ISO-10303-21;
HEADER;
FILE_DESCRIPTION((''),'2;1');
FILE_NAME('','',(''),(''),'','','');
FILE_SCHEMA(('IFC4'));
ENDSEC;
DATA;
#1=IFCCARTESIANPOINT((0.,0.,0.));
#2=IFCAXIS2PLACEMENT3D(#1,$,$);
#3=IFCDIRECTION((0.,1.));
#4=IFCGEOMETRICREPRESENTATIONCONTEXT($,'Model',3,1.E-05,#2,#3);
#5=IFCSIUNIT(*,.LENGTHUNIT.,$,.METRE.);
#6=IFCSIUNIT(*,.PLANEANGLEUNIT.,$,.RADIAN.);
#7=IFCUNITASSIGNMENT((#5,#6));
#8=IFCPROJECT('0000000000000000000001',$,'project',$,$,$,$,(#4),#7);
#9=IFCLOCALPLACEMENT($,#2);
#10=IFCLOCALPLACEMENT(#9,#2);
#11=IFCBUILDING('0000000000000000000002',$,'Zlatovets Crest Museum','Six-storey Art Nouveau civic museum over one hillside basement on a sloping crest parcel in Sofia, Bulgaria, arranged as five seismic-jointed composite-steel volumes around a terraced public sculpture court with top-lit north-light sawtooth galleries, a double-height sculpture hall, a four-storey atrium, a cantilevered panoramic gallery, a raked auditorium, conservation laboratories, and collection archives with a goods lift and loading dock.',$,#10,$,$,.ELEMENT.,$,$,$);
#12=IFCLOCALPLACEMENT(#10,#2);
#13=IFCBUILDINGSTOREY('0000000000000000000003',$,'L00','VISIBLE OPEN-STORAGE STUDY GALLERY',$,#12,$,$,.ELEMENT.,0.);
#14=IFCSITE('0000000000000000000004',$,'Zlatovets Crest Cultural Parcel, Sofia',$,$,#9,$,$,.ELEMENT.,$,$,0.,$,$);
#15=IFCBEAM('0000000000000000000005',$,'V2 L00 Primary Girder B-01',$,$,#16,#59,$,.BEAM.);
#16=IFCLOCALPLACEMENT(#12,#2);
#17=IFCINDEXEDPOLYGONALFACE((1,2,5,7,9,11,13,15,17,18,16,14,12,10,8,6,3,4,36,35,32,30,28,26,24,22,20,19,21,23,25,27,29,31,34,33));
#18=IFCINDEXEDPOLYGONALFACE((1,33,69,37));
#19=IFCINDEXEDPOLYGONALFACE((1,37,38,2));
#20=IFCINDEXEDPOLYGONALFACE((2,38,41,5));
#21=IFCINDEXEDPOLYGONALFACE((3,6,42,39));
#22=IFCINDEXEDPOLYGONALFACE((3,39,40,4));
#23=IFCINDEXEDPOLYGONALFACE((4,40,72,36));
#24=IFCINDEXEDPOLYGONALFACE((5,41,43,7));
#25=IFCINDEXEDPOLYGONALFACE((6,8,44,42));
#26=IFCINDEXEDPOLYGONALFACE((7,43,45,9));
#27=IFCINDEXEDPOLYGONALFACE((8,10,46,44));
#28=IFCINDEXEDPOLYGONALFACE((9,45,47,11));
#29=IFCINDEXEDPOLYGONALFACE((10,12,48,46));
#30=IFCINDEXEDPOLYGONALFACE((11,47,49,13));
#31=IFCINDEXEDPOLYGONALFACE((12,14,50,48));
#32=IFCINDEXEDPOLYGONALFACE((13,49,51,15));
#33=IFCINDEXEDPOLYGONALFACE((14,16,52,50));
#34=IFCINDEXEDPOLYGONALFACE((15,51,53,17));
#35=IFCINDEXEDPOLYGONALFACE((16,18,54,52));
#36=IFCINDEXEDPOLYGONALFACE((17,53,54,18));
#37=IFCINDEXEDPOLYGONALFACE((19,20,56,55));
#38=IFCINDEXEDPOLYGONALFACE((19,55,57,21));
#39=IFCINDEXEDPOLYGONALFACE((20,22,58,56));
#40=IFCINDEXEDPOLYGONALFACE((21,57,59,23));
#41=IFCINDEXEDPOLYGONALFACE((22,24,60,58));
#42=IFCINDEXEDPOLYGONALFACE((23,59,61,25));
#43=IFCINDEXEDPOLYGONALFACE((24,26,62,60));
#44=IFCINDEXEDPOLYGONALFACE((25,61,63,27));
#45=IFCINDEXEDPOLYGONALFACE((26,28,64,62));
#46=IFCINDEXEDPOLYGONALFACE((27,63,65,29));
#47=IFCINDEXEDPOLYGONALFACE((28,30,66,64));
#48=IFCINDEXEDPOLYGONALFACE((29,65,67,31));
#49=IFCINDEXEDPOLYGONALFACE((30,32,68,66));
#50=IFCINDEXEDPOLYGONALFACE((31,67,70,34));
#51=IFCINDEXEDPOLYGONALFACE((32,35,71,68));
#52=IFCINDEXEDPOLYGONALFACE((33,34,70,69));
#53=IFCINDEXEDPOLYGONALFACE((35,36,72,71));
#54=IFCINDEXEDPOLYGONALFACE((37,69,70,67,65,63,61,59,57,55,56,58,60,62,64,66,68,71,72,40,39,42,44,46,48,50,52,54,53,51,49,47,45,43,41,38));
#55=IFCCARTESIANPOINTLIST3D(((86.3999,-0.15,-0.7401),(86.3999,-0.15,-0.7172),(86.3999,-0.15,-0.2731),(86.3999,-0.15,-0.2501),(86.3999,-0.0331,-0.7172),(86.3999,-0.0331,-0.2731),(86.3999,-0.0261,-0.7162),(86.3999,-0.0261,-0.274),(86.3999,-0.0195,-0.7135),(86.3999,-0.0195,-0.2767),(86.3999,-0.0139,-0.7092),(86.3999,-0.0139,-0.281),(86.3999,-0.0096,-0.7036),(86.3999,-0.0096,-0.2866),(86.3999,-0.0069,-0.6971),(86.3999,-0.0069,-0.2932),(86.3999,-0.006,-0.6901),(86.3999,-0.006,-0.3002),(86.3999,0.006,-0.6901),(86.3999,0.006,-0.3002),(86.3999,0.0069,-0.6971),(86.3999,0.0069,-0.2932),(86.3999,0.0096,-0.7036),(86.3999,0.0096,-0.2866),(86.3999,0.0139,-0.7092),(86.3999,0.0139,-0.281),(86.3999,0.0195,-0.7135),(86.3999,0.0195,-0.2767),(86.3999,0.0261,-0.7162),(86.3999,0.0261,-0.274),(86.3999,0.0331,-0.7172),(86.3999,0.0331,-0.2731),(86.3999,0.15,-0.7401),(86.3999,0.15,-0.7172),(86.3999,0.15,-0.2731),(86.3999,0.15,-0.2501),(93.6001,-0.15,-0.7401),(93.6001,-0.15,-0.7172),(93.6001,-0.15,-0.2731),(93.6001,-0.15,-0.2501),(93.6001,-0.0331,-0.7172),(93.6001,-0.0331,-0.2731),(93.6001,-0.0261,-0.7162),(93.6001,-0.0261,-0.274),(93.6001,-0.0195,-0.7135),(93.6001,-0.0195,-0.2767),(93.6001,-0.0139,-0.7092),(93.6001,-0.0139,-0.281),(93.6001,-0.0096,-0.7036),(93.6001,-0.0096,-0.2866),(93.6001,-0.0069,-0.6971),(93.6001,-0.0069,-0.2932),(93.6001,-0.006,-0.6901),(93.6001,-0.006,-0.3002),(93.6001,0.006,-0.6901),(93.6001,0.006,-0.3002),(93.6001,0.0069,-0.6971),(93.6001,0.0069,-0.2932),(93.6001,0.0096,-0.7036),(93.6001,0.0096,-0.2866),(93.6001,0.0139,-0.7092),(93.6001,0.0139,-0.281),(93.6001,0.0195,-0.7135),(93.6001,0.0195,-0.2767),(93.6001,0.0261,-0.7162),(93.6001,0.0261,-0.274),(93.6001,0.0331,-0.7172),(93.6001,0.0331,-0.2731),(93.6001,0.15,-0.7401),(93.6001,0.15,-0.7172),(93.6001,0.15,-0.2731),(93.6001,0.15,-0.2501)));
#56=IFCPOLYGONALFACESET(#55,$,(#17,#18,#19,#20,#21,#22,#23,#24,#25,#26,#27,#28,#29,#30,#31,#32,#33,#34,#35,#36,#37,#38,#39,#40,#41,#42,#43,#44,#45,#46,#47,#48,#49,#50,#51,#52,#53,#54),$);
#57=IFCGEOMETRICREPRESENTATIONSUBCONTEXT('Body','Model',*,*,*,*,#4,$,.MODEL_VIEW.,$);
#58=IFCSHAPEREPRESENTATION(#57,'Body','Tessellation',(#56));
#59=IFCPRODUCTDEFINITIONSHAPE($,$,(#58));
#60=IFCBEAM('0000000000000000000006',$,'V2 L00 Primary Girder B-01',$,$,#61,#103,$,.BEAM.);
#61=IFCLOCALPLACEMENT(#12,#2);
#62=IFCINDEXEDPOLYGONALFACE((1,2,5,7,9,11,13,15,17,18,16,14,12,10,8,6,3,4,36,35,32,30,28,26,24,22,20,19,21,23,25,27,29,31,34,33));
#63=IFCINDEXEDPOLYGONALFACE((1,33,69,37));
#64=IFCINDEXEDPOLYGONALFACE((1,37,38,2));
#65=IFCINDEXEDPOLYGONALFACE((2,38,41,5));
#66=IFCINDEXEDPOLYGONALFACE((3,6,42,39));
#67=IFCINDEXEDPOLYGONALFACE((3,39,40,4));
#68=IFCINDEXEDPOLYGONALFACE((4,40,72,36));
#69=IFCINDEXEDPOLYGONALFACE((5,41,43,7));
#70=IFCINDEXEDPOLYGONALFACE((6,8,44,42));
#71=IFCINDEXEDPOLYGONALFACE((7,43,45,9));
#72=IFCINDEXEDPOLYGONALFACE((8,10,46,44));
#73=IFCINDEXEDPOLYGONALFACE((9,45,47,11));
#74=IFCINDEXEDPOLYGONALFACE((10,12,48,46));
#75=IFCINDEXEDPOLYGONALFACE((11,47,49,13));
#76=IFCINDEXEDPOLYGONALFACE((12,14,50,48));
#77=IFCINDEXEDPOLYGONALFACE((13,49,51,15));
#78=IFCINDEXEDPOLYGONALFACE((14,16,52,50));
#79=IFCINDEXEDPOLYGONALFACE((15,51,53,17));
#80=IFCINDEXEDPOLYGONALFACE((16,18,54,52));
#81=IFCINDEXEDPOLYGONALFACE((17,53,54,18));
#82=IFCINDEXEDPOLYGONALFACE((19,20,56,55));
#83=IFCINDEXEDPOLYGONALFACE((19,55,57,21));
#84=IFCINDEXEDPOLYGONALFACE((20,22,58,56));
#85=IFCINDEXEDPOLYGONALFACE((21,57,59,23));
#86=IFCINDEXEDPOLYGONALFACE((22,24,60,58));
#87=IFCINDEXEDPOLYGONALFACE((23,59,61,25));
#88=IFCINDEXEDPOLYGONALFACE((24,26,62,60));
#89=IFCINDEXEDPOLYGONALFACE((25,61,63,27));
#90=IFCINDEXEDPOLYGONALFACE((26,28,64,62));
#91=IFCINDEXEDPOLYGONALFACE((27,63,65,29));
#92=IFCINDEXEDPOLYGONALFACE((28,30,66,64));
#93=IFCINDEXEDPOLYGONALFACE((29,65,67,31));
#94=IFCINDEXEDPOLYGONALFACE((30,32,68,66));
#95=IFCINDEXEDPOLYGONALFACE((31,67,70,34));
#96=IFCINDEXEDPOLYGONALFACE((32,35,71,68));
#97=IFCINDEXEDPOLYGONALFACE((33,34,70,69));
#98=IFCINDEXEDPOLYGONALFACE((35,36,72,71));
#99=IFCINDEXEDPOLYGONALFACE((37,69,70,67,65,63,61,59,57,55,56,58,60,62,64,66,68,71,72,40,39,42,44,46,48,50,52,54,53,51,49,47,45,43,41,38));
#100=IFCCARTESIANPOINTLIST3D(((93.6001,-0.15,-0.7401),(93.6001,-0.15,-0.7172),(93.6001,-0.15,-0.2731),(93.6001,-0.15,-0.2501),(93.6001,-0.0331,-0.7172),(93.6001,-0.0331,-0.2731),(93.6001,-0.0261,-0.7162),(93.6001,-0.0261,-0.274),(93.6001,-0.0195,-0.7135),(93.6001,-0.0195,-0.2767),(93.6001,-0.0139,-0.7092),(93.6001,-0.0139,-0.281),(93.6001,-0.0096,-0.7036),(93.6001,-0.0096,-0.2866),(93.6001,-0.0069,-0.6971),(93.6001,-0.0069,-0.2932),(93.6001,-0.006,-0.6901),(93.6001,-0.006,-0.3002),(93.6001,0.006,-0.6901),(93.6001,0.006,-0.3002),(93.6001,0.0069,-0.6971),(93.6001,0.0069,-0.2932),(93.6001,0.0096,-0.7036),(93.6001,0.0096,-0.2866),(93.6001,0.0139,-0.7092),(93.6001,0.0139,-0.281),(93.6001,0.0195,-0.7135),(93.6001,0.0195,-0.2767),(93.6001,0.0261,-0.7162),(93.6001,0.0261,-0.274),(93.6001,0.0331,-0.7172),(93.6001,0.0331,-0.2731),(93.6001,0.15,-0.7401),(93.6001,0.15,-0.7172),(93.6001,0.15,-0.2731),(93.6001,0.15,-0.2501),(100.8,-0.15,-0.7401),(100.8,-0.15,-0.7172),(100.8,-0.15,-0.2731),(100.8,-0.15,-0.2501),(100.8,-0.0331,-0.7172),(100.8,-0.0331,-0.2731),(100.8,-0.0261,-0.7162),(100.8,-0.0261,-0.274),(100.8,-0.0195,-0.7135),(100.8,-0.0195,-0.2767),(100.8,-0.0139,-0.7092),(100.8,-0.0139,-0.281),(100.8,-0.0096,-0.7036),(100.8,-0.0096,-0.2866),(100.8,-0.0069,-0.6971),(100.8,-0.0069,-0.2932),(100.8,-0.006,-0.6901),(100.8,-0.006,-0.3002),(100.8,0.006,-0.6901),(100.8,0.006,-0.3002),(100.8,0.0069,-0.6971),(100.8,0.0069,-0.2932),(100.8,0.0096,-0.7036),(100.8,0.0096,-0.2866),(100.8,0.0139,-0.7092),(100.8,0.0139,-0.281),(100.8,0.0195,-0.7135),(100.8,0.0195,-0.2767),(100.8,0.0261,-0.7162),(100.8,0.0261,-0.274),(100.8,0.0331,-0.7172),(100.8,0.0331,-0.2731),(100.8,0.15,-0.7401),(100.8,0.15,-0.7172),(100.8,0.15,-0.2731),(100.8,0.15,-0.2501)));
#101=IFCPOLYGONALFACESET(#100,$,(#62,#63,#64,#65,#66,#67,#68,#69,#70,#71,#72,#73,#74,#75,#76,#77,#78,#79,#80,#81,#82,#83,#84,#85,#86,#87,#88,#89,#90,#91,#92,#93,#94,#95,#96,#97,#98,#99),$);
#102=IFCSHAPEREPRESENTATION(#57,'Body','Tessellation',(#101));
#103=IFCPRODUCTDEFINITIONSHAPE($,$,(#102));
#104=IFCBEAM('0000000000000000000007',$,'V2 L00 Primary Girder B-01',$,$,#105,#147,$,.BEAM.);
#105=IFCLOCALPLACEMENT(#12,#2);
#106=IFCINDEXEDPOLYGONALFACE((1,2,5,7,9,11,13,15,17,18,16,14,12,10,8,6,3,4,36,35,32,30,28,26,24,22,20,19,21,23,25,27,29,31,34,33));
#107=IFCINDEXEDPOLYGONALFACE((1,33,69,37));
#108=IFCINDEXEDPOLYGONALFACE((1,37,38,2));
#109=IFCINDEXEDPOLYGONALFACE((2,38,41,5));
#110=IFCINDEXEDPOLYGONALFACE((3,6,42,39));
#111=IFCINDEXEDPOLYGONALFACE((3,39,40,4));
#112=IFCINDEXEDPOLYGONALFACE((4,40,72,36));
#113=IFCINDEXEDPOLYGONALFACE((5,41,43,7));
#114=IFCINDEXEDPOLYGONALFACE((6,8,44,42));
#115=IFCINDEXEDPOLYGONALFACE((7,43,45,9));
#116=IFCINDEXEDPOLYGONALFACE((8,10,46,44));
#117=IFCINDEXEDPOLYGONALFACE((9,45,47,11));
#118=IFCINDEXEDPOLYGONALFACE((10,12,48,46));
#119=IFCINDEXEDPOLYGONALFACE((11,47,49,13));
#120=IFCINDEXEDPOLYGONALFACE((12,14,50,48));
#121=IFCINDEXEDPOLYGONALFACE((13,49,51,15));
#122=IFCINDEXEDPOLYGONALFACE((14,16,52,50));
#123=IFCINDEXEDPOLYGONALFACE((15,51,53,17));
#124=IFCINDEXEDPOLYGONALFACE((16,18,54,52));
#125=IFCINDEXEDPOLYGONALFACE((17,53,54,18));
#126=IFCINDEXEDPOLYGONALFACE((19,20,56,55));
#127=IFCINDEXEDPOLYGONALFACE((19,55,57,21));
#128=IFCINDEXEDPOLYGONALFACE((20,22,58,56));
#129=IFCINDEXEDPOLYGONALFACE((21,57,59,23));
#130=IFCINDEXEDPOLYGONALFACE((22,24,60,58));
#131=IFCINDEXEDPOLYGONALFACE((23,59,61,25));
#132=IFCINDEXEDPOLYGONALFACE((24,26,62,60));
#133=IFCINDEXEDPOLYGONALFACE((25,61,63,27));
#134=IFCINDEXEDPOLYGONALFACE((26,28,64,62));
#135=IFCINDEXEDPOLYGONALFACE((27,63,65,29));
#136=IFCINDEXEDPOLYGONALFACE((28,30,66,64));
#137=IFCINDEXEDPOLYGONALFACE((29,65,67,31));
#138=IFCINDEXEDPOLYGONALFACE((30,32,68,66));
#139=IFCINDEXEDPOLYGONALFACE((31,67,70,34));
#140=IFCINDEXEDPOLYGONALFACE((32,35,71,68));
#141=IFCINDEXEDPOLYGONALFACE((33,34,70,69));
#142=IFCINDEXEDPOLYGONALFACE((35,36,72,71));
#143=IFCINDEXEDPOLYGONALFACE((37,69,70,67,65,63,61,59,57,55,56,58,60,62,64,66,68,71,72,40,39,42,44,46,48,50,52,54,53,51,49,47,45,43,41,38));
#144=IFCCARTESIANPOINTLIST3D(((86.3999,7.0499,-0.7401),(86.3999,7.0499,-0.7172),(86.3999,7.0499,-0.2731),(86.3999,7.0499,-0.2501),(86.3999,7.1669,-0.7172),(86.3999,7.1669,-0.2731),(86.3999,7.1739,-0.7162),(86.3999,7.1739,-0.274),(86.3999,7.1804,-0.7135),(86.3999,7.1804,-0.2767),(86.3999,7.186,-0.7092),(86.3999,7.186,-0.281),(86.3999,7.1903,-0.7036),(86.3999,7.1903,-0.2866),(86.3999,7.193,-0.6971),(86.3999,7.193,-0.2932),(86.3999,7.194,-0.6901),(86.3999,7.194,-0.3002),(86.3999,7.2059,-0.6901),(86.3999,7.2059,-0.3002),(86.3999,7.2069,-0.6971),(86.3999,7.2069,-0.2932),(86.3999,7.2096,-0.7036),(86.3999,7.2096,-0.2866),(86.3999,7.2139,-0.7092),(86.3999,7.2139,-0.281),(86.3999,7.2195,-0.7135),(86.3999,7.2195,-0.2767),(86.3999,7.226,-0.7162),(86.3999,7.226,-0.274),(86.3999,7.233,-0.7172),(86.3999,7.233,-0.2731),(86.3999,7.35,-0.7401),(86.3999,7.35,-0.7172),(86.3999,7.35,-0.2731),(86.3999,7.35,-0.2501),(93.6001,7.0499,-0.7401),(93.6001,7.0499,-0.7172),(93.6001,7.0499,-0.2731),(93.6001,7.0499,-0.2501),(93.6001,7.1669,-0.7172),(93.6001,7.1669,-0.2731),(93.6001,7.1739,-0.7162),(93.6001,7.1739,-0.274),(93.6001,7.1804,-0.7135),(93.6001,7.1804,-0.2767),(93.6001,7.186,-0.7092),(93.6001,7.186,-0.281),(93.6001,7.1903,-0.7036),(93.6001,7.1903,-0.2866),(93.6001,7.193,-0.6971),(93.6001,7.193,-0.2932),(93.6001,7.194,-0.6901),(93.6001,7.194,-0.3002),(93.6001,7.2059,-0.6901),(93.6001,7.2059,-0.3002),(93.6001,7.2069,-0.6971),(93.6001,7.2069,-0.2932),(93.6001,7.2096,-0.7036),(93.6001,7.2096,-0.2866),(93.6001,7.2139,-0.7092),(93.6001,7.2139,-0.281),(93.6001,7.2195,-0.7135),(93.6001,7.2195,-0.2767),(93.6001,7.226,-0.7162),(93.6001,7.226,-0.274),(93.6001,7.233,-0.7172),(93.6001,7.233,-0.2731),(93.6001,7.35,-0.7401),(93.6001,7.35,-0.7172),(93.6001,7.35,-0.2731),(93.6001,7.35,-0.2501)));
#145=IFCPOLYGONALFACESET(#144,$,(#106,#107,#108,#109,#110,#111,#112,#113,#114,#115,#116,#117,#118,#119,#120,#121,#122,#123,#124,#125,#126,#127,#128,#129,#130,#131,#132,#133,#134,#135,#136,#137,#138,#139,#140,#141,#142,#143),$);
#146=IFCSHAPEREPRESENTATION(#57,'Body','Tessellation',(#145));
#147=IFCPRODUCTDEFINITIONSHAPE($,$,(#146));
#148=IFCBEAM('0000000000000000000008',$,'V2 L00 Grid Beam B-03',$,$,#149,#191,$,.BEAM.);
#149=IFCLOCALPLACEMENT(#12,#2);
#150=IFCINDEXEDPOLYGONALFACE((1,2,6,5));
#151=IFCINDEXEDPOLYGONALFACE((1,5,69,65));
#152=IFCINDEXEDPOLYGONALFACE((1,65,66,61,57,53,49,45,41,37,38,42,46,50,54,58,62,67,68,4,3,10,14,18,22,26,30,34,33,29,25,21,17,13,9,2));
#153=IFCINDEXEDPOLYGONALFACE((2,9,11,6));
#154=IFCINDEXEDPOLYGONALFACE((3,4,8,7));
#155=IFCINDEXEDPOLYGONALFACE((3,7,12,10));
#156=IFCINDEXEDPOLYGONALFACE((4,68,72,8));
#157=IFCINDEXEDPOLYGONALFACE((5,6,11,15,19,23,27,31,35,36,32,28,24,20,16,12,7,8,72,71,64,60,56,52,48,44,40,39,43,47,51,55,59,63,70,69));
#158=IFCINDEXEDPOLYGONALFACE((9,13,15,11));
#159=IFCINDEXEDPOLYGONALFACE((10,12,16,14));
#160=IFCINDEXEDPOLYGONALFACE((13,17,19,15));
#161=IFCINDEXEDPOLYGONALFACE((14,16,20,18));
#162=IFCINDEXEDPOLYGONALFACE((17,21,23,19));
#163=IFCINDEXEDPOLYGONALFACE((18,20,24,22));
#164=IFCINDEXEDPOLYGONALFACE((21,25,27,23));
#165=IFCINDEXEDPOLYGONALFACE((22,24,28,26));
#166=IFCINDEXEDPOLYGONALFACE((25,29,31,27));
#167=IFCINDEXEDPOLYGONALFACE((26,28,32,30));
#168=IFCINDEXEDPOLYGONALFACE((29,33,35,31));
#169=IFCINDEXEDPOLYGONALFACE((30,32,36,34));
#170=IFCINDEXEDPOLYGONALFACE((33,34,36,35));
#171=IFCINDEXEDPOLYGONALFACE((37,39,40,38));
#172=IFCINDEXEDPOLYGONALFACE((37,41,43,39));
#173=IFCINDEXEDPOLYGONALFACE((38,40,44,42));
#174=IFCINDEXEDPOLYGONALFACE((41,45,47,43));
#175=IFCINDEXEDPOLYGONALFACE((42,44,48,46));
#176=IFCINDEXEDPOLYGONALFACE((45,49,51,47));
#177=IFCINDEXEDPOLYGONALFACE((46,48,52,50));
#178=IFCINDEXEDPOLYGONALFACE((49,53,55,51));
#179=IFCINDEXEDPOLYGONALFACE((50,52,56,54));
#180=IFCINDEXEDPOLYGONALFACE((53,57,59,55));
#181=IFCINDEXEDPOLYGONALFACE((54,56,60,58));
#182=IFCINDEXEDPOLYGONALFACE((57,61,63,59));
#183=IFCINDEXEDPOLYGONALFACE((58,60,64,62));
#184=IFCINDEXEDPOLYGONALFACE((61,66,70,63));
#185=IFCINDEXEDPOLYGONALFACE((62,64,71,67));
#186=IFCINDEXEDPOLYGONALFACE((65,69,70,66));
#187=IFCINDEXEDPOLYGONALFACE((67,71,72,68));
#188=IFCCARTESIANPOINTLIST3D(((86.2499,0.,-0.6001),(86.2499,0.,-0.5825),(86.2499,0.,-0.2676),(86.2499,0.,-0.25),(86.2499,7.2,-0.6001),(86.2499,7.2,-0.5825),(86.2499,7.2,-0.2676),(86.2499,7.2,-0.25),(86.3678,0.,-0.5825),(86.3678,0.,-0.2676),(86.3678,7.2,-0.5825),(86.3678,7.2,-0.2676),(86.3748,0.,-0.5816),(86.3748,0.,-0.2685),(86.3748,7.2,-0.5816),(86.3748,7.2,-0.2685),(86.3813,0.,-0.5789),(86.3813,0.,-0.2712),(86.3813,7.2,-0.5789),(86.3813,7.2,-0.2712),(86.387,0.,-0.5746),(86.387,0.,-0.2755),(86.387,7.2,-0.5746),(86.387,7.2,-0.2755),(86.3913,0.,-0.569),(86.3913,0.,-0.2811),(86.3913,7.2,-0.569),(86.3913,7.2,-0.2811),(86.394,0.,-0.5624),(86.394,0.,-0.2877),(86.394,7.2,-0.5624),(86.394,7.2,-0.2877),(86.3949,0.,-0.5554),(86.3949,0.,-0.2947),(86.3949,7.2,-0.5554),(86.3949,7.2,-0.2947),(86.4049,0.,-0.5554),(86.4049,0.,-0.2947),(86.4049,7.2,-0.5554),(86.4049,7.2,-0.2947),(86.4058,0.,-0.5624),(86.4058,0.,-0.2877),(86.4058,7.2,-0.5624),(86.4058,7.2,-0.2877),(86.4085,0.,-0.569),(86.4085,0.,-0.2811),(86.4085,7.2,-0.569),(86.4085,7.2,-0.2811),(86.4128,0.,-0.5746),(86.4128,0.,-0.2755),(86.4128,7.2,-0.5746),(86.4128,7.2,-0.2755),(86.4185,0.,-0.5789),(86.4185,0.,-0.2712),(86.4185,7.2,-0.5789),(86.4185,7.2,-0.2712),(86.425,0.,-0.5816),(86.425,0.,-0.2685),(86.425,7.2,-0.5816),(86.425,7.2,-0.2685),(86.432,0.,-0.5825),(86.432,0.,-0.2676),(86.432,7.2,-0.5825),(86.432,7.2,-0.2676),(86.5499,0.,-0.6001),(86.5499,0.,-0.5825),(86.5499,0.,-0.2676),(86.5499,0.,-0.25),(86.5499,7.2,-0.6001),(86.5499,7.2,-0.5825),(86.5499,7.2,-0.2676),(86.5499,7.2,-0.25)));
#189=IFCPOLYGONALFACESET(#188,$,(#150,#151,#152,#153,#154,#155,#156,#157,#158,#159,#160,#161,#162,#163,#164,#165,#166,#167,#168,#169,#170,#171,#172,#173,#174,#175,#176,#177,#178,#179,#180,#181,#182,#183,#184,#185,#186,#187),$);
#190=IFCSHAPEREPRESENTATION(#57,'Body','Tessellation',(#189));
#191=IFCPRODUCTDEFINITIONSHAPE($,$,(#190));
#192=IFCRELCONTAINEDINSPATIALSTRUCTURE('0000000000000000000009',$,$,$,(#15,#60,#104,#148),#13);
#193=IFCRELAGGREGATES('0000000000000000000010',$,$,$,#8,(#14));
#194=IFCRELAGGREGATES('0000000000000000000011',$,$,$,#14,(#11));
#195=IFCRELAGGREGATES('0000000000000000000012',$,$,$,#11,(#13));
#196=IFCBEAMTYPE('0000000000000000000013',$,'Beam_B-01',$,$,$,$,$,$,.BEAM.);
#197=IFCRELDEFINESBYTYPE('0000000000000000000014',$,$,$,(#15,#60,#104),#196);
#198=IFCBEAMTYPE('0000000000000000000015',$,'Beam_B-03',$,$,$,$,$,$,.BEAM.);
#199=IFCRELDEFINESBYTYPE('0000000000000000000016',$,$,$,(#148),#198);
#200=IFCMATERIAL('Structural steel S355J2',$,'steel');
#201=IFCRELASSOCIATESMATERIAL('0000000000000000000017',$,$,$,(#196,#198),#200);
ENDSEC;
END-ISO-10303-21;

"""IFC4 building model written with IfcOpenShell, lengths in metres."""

from ifc_helpers import new_model, si_unit, direction, frame, origin, origin_2d, place, context, subcontext, project, spatial, i_section, extrude, material, material_profile, profile_set, type_object, element, save


model = new_model("IFC4")

# Units and contexts
model_context = context("Model", 3, precision=1e-05, world=origin(), true_north=direction((0.0, 1.0)))
body_context = subcontext(model_context, "Body", "Model", "MODEL_VIEW")
ifc_project = project(units=[si_unit("LENGTHUNIT", "METRE"), si_unit("PLANEANGLEUNIT", "RADIAN")], contexts=[model_context])

# Site, building, storey
site_placement = place(None, origin())
site = spatial("IfcSite", under=ifc_project, at=site_placement, Name="Zlatovets Crest Cultural Parcel, Sofia", CompositionType="ELEMENT", RefElevation=0.0)
building_placement = place(site_placement, origin())
building = spatial("IfcBuilding", under=site, at=building_placement, Name="Zlatovets Crest Museum", Description="Six-storey Art Nouveau civic museum over one hillside basement on a sloping crest parcel in Sofia, Bulgaria, arranged as five seismic-jointed composite-steel volumes around a terraced public sculpture court with top-lit north-light sawtooth galleries, a double-height sculpture hall, a four-storey atrium, a cantilevered panoramic gallery, a raked auditorium, conservation laboratories, and collection archives with a goods lift and loading dock.", CompositionType="ELEMENT")
storey_placement = place(building_placement, origin())
storey = spatial("IfcBuildingStorey", under=building, at=storey_placement, Name="L00", Description="VISIBLE OPEN-STORAGE STUDY GALLERY", CompositionType="ELEMENT", Elevation=0.0)

# Shared definitions
ifc_material_1 = material(Name="Structural steel S355J2", Category="steel")

# Beams
ifc_material_profile_1 = material_profile(ifc_material_1, i_section(OverallWidth=0.3, OverallDepth=0.49, WebThickness=0.012, FlangeThickness=0.0229, FilletRadius=0.0271, at=origin_2d()), Name="HEA 500")
ifc_profile_set_1 = profile_set([ifc_material_profile_1], Name="Structural steel S355J2")
beam_type_1 = type_object("IfcBeamType", Name="Beam_B-01", PredefinedType="BEAM", material=ifc_profile_set_1)
beam_1_placement = place(storey_placement, frame((86.3999, 0.0, -0.4951), z_axis=(1.0, 0.0, 0.0), x_axis=(0.0, 1.0, 0.0)))
element("IfcBeam", 1, at=beam_1_placement, inside=storey, type_object=beam_type_1, Name="V2 L00 Primary Girder B-01", PredefinedType="BEAM", context=body_context, shape_type="SweptSolid", body=[
    extrude(i_section(OverallWidth=0.3, OverallDepth=0.49, WebThickness=0.012, FlangeThickness=0.0229, FilletRadius=0.0271, at=origin_2d()), origin(), (0.0, 0.0, 1.0), 7.2002),
])
beam_2_placement = place(storey_placement, frame((93.6001, 0.0, -0.4951), z_axis=(1.0, 0.0, 0.0), x_axis=(0.0, 1.0, 0.0)))
element("IfcBeam", 2, at=beam_2_placement, inside=storey, type_object=beam_type_1, Name="V2 L00 Primary Girder B-01", PredefinedType="BEAM", context=body_context, shape_type="SweptSolid", body=[
    extrude(i_section(OverallWidth=0.3, OverallDepth=0.49, WebThickness=0.012, FlangeThickness=0.0229, FilletRadius=0.0271, at=origin_2d()), origin(), (0.0, 0.0, 1.0), 7.2),
])
beam_3_placement = place(storey_placement, frame((86.3999, 7.2, -0.4951), z_axis=(1.0, 0.0, 0.0), x_axis=(0.0, 1.0, 0.0)))
element("IfcBeam", 3, at=beam_3_placement, inside=storey, type_object=beam_type_1, Name="V2 L00 Primary Girder B-01", PredefinedType="BEAM", context=body_context, shape_type="SweptSolid", body=[
    extrude(i_section(OverallWidth=0.3, OverallDepth=0.49, WebThickness=0.012, FlangeThickness=0.0229, FilletRadius=0.0271, at=origin_2d()), origin(), (0.0, 0.0, 1.0), 7.2002),
])
ifc_material_profile_2 = material_profile(ifc_material_1, i_section(OverallWidth=0.3, OverallDepth=0.3501, WebThickness=0.01, FlangeThickness=0.0176, FilletRadius=0.0271, at=origin_2d()), Name="HEA 360")
ifc_profile_set_2 = profile_set([ifc_material_profile_2], Name="Structural steel S355J2")
beam_type_2 = type_object("IfcBeamType", Name="Beam_B-03", PredefinedType="BEAM", material=ifc_profile_set_2)
for number, where, z_axis, x_axis, name in (
    (4, (86.3999, 0.0, -0.425), (0.0, 1.0, 0.0), (-1.0, 0.0, 0.0), "V2 L00 Grid Beam B-03"),
):
    element("IfcBeam", number, at=place(storey_placement, frame(where, z_axis=z_axis, x_axis=x_axis)), inside=storey, type_object=beam_type_2, Name=name, PredefinedType="BEAM", context=body_context, shape_type="SweptSolid", body=[
        extrude(i_section(OverallWidth=0.3, OverallDepth=0.3501, WebThickness=0.01, FlangeThickness=0.0176, FilletRadius=0.0271, at=origin_2d()), origin(), (0.0, 0.0, 1.0), 7.2),
    ])

save(model, "model.ifc")
